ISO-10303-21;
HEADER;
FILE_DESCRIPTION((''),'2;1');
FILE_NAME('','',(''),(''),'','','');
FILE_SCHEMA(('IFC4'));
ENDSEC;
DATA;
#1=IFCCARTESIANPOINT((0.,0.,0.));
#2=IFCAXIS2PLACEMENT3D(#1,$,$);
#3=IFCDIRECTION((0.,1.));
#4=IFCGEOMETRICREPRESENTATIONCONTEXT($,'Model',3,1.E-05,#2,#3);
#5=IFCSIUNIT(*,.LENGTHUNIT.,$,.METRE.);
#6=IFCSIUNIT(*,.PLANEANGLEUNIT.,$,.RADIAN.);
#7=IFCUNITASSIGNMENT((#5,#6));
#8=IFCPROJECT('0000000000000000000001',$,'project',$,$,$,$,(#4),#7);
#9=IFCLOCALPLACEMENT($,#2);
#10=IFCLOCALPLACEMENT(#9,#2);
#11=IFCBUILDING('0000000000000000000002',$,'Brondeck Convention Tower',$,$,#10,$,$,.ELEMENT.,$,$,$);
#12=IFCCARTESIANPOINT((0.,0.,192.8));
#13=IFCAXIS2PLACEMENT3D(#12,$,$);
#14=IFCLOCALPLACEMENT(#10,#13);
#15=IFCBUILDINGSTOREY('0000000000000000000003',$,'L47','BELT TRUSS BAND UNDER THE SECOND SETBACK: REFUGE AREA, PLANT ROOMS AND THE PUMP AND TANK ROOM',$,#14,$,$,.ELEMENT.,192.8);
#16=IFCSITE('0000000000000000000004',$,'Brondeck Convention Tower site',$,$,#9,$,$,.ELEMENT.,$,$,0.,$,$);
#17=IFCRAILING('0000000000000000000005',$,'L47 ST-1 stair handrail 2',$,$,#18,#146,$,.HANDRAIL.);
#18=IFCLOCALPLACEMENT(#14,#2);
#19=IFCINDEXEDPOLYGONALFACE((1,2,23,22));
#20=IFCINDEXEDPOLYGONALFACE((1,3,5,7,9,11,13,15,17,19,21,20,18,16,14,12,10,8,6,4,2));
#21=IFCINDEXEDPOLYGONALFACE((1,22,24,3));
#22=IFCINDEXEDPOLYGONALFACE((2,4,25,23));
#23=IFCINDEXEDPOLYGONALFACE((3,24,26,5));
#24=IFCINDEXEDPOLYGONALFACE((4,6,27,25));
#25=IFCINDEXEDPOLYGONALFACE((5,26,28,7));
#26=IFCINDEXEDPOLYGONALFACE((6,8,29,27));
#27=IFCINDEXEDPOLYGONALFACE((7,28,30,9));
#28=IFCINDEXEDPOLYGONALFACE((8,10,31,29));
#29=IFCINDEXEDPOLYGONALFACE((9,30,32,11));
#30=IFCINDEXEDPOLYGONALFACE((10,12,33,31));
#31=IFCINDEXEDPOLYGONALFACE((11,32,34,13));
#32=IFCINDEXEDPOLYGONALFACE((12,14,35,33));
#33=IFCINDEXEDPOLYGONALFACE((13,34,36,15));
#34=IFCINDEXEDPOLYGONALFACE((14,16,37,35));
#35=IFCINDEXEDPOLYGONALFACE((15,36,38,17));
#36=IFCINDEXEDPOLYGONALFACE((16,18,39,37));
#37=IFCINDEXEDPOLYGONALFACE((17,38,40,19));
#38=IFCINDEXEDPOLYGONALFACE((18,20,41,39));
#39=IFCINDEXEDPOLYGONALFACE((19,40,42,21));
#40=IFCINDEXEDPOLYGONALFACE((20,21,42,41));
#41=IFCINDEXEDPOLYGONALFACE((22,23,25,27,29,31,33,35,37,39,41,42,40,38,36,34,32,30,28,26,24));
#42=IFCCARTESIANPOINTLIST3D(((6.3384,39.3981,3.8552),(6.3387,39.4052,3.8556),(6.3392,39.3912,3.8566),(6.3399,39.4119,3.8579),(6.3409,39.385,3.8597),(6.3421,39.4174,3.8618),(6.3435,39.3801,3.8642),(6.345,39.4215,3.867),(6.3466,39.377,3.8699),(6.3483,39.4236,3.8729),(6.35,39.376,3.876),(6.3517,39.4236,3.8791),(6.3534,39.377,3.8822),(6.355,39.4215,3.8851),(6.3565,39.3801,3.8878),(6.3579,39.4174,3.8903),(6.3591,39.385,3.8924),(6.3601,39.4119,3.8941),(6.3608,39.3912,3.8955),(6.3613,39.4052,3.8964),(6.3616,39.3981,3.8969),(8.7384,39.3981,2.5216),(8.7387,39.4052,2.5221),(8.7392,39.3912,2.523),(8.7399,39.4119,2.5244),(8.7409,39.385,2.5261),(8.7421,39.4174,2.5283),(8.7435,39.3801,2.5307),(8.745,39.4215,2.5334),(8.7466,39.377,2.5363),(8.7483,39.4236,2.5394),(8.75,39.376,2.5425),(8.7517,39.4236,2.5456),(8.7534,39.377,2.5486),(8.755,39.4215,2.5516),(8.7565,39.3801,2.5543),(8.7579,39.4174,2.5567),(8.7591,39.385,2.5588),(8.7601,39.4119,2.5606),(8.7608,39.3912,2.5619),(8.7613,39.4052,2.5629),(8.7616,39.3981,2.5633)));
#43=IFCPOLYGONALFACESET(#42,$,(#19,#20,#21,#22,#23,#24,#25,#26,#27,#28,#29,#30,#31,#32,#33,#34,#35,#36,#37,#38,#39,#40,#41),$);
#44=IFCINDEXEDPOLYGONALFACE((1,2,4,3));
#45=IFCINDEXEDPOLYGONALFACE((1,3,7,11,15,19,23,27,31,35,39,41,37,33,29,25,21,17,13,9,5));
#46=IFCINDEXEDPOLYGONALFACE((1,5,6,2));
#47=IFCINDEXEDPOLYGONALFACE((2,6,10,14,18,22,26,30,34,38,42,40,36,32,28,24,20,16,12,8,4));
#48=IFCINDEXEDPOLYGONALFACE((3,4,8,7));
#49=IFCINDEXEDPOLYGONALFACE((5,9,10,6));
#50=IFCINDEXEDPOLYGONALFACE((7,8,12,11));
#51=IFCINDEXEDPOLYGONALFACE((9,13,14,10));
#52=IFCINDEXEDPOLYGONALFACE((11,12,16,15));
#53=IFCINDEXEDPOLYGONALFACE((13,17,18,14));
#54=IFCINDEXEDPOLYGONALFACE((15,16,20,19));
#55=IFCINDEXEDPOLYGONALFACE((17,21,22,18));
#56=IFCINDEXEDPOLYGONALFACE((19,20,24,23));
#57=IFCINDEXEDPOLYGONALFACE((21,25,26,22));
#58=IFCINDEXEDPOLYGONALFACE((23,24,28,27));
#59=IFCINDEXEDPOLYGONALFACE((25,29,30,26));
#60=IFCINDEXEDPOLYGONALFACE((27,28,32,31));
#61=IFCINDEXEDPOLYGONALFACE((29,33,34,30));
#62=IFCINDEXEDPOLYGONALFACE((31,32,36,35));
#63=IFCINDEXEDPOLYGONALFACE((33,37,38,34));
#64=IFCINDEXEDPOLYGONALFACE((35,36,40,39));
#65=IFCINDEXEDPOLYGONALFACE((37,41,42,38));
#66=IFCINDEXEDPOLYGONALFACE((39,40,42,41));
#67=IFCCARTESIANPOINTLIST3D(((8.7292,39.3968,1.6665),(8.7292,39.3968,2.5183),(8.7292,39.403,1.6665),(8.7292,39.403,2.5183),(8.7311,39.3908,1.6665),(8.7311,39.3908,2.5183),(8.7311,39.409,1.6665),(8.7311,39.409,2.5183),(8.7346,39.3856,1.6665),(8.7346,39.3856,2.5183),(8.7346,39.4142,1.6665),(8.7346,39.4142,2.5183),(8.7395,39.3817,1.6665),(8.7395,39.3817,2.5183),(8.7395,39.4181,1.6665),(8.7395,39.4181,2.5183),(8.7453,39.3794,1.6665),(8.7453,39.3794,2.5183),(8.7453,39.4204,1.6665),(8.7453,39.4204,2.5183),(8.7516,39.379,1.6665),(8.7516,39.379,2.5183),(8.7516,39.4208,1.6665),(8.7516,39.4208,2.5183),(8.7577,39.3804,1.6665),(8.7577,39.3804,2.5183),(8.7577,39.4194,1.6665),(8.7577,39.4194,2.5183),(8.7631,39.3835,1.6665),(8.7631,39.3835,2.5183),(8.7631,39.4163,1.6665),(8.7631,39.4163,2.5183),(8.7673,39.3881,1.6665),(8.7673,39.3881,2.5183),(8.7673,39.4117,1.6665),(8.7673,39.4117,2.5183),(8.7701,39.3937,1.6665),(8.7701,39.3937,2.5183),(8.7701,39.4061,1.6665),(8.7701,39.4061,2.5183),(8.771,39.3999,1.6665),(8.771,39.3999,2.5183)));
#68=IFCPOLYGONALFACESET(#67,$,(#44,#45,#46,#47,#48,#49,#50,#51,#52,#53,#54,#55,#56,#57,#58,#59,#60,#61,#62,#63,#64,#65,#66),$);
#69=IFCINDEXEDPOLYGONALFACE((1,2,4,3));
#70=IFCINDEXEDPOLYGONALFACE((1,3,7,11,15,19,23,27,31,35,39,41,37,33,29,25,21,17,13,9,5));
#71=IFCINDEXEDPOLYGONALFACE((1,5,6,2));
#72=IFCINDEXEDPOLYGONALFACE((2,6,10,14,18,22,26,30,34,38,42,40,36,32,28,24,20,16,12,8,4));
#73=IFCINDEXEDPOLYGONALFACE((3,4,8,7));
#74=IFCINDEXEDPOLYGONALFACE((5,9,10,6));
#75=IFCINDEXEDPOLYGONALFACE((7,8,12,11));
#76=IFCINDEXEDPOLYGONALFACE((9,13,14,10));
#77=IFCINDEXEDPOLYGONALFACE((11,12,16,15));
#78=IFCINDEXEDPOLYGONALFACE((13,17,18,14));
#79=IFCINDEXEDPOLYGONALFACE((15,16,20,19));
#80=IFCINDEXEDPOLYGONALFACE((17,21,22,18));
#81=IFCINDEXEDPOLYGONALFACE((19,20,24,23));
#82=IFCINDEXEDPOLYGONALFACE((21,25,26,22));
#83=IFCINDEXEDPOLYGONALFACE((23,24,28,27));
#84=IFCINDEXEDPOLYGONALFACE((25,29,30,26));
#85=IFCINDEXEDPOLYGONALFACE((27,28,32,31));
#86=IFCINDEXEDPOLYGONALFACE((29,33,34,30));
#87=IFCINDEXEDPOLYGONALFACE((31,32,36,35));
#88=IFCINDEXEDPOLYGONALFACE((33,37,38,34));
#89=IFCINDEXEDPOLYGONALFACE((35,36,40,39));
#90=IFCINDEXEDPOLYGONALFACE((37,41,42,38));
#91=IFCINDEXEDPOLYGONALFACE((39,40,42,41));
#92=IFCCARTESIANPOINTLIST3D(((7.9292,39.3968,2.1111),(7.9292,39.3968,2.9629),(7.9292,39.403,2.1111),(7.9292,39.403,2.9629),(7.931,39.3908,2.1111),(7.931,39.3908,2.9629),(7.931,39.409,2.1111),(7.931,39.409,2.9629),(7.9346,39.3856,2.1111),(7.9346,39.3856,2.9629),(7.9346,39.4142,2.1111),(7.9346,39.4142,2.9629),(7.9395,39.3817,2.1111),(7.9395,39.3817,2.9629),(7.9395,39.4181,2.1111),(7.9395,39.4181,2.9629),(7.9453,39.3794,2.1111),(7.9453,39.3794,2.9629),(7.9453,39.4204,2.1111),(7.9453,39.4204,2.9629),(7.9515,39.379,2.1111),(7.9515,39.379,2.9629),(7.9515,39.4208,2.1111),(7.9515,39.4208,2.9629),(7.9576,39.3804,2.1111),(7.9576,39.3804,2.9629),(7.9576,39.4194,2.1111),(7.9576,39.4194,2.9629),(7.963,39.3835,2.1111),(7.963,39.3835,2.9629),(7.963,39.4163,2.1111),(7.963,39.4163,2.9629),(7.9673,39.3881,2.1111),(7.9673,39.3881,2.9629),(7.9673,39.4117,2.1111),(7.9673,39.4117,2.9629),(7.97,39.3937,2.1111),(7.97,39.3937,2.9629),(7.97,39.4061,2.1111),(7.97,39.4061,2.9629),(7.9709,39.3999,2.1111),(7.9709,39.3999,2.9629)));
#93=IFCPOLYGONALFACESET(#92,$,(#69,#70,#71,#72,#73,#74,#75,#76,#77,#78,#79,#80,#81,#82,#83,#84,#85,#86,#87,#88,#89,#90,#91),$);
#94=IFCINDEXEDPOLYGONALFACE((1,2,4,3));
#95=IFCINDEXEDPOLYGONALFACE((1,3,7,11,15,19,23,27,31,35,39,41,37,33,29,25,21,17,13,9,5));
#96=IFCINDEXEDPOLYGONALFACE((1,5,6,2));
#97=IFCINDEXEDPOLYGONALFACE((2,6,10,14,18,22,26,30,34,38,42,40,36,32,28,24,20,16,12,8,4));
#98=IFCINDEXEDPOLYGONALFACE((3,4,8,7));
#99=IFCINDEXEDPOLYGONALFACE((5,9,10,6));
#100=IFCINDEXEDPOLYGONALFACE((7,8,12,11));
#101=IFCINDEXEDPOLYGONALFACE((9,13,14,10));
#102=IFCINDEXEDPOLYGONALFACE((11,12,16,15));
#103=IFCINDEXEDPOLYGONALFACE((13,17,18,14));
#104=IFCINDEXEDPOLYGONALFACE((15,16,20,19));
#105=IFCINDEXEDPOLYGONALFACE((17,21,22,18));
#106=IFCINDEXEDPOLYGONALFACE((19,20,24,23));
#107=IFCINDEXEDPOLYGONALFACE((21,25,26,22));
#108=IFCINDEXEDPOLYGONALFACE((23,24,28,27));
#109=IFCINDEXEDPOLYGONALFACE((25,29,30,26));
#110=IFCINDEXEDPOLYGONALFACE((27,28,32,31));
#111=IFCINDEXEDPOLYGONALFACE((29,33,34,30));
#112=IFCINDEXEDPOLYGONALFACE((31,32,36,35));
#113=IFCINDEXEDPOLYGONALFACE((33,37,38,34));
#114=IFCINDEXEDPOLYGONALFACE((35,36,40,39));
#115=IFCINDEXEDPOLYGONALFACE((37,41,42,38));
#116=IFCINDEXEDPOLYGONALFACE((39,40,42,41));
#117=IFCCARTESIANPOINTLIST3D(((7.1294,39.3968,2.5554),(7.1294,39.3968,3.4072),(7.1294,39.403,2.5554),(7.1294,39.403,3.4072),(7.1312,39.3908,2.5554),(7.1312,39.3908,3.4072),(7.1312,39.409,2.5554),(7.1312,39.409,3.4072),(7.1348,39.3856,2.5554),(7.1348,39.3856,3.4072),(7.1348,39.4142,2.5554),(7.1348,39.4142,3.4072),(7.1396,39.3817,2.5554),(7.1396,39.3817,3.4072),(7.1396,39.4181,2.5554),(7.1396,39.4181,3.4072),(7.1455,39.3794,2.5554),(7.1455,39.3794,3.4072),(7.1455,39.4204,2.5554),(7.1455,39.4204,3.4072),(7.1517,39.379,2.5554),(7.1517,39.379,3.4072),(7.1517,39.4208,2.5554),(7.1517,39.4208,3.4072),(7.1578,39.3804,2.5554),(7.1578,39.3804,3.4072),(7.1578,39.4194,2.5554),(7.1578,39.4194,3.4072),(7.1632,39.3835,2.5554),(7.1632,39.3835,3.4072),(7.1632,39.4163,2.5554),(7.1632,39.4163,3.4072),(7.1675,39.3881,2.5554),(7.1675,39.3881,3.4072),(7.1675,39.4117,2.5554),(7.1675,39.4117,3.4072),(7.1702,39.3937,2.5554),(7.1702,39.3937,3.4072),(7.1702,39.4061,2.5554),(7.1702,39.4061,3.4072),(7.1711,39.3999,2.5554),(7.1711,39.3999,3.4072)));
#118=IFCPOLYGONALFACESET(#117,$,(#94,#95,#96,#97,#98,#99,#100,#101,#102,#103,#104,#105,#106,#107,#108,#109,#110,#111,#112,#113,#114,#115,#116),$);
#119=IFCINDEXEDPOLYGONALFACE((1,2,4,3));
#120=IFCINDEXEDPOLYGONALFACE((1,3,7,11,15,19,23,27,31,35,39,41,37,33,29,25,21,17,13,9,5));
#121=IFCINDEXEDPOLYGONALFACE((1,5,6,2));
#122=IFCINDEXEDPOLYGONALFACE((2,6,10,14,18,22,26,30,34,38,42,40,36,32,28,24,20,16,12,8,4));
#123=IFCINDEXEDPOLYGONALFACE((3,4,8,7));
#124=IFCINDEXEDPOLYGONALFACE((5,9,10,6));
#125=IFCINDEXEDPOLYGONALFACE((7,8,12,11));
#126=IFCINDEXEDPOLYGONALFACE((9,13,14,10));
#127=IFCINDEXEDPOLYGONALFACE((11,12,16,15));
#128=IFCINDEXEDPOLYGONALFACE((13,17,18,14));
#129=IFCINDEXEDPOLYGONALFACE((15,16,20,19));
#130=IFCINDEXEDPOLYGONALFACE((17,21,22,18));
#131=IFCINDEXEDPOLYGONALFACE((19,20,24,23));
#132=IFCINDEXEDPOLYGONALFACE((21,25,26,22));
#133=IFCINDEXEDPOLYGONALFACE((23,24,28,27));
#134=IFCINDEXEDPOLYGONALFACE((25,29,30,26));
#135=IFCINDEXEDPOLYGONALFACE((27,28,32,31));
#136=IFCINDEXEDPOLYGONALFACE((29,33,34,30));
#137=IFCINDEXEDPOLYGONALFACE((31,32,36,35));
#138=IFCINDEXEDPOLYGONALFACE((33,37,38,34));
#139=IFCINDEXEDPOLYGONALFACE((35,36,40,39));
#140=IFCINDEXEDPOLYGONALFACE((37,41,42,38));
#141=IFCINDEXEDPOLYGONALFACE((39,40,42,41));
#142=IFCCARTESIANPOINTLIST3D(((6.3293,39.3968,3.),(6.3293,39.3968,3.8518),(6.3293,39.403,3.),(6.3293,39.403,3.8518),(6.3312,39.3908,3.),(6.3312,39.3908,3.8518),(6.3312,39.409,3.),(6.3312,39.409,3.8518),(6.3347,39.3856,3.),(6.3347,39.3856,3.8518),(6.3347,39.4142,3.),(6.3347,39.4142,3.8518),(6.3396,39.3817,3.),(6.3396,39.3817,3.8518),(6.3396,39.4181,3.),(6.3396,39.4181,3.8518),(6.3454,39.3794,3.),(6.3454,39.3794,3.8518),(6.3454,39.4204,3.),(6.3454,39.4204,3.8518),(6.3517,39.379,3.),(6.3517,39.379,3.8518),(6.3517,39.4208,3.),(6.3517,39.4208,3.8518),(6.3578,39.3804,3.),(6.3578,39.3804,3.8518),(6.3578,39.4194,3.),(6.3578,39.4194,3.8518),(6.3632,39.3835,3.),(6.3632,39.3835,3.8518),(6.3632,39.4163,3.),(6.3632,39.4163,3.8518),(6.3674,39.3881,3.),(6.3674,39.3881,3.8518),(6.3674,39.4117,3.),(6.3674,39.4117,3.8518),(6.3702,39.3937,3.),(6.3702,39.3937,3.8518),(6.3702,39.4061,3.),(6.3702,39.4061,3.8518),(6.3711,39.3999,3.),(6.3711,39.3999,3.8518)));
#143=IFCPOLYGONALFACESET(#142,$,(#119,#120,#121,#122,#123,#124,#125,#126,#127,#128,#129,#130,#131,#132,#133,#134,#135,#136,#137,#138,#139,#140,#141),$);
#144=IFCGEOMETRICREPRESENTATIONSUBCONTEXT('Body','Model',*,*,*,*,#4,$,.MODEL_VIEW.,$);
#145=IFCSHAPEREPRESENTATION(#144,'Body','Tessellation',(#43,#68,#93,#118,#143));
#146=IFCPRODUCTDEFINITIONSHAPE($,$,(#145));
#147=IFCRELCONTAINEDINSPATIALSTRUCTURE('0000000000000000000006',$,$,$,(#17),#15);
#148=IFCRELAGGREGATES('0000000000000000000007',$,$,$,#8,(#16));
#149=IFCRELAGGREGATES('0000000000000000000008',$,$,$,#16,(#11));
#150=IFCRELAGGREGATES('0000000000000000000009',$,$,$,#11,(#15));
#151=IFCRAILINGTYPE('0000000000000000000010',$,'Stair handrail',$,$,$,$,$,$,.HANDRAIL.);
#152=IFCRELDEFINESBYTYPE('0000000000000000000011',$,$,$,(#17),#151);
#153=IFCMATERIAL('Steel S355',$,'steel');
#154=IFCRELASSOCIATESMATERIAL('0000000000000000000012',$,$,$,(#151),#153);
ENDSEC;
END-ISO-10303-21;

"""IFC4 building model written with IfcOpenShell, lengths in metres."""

from ifc_helpers import new_model, si_unit, direction, frame, origin, origin_2d, place, context, subcontext, project, spatial, circle, extrude, material, type_object, element, save


model = new_model("IFC4")

# Units and contexts
model_context = context("Model", 3, precision=1e-05, world=origin(), true_north=direction((0.0, 1.0)))
body_context = subcontext(model_context, "Body", "Model", "MODEL_VIEW")
ifc_project = project(units=[si_unit("LENGTHUNIT", "METRE"), si_unit("PLANEANGLEUNIT", "RADIAN")], contexts=[model_context])

# Site, building, storey
site_placement = place(None, origin())
site = spatial("IfcSite", under=ifc_project, at=site_placement, Name="Brondeck Convention Tower site", CompositionType="ELEMENT", RefElevation=0.0)
building_placement = place(site_placement, origin())
building = spatial("IfcBuilding", under=site, at=building_placement, Name="Brondeck Convention Tower", CompositionType="ELEMENT")
storey_placement = place(building_placement, frame((0.0, 0.0, 192.8)))
storey = spatial("IfcBuildingStorey", under=building, at=storey_placement, Name="L47", Description="BELT TRUSS BAND UNDER THE SECOND SETBACK: REFUGE AREA, PLANT ROOMS AND THE PUMP AND TANK ROOM", CompositionType="ELEMENT", Elevation=192.8)

# Shared definitions
ifc_material_1 = material(Name="Steel S355", Category="steel")

# Railing
railing_type_1 = type_object("IfcRailingType", Name="Stair handrail", PredefinedType="HANDRAIL", material=ifc_material_1)
railing_1_placement = place(storey_placement, frame((8.75, 39.3999, 1.6665)))
element("IfcRailing", 1, at=railing_1_placement, inside=storey, type_object=railing_type_1, Name="L47 ST-1 stair handrail 2", PredefinedType="HANDRAIL", context=body_context, shape_type="SweptSolid", body=[
    extrude(circle(Radius=0.0239, at=origin_2d()), frame((0.0, 0.0, 0.876), z_axis=(-0.874124, 0.0, 0.485703), x_axis=(0.0, -1.0, 0.0)), (0.0, 0.0, 1.0), 2.7456),
    extrude(circle(Radius=0.021, at=origin_2d()), origin(), (0.0, 0.0, 1.0), 0.8518),
    extrude(circle(Radius=0.021, at=origin_2d()), frame((-0.8, 0.0, 0.4446)), (0.0, 0.0, 1.0), 0.8518),
    extrude(circle(Radius=0.021, at=origin_2d()), frame((-1.5999, 0.0, 0.8889)), (0.0, 0.0, 1.0), 0.8518),
    extrude(circle(Radius=0.021, at=origin_2d()), frame((-2.3999, 0.0, 1.3335)), (0.0, 0.0, 1.0), 0.8518),
])

save(model, "model.ifc")
